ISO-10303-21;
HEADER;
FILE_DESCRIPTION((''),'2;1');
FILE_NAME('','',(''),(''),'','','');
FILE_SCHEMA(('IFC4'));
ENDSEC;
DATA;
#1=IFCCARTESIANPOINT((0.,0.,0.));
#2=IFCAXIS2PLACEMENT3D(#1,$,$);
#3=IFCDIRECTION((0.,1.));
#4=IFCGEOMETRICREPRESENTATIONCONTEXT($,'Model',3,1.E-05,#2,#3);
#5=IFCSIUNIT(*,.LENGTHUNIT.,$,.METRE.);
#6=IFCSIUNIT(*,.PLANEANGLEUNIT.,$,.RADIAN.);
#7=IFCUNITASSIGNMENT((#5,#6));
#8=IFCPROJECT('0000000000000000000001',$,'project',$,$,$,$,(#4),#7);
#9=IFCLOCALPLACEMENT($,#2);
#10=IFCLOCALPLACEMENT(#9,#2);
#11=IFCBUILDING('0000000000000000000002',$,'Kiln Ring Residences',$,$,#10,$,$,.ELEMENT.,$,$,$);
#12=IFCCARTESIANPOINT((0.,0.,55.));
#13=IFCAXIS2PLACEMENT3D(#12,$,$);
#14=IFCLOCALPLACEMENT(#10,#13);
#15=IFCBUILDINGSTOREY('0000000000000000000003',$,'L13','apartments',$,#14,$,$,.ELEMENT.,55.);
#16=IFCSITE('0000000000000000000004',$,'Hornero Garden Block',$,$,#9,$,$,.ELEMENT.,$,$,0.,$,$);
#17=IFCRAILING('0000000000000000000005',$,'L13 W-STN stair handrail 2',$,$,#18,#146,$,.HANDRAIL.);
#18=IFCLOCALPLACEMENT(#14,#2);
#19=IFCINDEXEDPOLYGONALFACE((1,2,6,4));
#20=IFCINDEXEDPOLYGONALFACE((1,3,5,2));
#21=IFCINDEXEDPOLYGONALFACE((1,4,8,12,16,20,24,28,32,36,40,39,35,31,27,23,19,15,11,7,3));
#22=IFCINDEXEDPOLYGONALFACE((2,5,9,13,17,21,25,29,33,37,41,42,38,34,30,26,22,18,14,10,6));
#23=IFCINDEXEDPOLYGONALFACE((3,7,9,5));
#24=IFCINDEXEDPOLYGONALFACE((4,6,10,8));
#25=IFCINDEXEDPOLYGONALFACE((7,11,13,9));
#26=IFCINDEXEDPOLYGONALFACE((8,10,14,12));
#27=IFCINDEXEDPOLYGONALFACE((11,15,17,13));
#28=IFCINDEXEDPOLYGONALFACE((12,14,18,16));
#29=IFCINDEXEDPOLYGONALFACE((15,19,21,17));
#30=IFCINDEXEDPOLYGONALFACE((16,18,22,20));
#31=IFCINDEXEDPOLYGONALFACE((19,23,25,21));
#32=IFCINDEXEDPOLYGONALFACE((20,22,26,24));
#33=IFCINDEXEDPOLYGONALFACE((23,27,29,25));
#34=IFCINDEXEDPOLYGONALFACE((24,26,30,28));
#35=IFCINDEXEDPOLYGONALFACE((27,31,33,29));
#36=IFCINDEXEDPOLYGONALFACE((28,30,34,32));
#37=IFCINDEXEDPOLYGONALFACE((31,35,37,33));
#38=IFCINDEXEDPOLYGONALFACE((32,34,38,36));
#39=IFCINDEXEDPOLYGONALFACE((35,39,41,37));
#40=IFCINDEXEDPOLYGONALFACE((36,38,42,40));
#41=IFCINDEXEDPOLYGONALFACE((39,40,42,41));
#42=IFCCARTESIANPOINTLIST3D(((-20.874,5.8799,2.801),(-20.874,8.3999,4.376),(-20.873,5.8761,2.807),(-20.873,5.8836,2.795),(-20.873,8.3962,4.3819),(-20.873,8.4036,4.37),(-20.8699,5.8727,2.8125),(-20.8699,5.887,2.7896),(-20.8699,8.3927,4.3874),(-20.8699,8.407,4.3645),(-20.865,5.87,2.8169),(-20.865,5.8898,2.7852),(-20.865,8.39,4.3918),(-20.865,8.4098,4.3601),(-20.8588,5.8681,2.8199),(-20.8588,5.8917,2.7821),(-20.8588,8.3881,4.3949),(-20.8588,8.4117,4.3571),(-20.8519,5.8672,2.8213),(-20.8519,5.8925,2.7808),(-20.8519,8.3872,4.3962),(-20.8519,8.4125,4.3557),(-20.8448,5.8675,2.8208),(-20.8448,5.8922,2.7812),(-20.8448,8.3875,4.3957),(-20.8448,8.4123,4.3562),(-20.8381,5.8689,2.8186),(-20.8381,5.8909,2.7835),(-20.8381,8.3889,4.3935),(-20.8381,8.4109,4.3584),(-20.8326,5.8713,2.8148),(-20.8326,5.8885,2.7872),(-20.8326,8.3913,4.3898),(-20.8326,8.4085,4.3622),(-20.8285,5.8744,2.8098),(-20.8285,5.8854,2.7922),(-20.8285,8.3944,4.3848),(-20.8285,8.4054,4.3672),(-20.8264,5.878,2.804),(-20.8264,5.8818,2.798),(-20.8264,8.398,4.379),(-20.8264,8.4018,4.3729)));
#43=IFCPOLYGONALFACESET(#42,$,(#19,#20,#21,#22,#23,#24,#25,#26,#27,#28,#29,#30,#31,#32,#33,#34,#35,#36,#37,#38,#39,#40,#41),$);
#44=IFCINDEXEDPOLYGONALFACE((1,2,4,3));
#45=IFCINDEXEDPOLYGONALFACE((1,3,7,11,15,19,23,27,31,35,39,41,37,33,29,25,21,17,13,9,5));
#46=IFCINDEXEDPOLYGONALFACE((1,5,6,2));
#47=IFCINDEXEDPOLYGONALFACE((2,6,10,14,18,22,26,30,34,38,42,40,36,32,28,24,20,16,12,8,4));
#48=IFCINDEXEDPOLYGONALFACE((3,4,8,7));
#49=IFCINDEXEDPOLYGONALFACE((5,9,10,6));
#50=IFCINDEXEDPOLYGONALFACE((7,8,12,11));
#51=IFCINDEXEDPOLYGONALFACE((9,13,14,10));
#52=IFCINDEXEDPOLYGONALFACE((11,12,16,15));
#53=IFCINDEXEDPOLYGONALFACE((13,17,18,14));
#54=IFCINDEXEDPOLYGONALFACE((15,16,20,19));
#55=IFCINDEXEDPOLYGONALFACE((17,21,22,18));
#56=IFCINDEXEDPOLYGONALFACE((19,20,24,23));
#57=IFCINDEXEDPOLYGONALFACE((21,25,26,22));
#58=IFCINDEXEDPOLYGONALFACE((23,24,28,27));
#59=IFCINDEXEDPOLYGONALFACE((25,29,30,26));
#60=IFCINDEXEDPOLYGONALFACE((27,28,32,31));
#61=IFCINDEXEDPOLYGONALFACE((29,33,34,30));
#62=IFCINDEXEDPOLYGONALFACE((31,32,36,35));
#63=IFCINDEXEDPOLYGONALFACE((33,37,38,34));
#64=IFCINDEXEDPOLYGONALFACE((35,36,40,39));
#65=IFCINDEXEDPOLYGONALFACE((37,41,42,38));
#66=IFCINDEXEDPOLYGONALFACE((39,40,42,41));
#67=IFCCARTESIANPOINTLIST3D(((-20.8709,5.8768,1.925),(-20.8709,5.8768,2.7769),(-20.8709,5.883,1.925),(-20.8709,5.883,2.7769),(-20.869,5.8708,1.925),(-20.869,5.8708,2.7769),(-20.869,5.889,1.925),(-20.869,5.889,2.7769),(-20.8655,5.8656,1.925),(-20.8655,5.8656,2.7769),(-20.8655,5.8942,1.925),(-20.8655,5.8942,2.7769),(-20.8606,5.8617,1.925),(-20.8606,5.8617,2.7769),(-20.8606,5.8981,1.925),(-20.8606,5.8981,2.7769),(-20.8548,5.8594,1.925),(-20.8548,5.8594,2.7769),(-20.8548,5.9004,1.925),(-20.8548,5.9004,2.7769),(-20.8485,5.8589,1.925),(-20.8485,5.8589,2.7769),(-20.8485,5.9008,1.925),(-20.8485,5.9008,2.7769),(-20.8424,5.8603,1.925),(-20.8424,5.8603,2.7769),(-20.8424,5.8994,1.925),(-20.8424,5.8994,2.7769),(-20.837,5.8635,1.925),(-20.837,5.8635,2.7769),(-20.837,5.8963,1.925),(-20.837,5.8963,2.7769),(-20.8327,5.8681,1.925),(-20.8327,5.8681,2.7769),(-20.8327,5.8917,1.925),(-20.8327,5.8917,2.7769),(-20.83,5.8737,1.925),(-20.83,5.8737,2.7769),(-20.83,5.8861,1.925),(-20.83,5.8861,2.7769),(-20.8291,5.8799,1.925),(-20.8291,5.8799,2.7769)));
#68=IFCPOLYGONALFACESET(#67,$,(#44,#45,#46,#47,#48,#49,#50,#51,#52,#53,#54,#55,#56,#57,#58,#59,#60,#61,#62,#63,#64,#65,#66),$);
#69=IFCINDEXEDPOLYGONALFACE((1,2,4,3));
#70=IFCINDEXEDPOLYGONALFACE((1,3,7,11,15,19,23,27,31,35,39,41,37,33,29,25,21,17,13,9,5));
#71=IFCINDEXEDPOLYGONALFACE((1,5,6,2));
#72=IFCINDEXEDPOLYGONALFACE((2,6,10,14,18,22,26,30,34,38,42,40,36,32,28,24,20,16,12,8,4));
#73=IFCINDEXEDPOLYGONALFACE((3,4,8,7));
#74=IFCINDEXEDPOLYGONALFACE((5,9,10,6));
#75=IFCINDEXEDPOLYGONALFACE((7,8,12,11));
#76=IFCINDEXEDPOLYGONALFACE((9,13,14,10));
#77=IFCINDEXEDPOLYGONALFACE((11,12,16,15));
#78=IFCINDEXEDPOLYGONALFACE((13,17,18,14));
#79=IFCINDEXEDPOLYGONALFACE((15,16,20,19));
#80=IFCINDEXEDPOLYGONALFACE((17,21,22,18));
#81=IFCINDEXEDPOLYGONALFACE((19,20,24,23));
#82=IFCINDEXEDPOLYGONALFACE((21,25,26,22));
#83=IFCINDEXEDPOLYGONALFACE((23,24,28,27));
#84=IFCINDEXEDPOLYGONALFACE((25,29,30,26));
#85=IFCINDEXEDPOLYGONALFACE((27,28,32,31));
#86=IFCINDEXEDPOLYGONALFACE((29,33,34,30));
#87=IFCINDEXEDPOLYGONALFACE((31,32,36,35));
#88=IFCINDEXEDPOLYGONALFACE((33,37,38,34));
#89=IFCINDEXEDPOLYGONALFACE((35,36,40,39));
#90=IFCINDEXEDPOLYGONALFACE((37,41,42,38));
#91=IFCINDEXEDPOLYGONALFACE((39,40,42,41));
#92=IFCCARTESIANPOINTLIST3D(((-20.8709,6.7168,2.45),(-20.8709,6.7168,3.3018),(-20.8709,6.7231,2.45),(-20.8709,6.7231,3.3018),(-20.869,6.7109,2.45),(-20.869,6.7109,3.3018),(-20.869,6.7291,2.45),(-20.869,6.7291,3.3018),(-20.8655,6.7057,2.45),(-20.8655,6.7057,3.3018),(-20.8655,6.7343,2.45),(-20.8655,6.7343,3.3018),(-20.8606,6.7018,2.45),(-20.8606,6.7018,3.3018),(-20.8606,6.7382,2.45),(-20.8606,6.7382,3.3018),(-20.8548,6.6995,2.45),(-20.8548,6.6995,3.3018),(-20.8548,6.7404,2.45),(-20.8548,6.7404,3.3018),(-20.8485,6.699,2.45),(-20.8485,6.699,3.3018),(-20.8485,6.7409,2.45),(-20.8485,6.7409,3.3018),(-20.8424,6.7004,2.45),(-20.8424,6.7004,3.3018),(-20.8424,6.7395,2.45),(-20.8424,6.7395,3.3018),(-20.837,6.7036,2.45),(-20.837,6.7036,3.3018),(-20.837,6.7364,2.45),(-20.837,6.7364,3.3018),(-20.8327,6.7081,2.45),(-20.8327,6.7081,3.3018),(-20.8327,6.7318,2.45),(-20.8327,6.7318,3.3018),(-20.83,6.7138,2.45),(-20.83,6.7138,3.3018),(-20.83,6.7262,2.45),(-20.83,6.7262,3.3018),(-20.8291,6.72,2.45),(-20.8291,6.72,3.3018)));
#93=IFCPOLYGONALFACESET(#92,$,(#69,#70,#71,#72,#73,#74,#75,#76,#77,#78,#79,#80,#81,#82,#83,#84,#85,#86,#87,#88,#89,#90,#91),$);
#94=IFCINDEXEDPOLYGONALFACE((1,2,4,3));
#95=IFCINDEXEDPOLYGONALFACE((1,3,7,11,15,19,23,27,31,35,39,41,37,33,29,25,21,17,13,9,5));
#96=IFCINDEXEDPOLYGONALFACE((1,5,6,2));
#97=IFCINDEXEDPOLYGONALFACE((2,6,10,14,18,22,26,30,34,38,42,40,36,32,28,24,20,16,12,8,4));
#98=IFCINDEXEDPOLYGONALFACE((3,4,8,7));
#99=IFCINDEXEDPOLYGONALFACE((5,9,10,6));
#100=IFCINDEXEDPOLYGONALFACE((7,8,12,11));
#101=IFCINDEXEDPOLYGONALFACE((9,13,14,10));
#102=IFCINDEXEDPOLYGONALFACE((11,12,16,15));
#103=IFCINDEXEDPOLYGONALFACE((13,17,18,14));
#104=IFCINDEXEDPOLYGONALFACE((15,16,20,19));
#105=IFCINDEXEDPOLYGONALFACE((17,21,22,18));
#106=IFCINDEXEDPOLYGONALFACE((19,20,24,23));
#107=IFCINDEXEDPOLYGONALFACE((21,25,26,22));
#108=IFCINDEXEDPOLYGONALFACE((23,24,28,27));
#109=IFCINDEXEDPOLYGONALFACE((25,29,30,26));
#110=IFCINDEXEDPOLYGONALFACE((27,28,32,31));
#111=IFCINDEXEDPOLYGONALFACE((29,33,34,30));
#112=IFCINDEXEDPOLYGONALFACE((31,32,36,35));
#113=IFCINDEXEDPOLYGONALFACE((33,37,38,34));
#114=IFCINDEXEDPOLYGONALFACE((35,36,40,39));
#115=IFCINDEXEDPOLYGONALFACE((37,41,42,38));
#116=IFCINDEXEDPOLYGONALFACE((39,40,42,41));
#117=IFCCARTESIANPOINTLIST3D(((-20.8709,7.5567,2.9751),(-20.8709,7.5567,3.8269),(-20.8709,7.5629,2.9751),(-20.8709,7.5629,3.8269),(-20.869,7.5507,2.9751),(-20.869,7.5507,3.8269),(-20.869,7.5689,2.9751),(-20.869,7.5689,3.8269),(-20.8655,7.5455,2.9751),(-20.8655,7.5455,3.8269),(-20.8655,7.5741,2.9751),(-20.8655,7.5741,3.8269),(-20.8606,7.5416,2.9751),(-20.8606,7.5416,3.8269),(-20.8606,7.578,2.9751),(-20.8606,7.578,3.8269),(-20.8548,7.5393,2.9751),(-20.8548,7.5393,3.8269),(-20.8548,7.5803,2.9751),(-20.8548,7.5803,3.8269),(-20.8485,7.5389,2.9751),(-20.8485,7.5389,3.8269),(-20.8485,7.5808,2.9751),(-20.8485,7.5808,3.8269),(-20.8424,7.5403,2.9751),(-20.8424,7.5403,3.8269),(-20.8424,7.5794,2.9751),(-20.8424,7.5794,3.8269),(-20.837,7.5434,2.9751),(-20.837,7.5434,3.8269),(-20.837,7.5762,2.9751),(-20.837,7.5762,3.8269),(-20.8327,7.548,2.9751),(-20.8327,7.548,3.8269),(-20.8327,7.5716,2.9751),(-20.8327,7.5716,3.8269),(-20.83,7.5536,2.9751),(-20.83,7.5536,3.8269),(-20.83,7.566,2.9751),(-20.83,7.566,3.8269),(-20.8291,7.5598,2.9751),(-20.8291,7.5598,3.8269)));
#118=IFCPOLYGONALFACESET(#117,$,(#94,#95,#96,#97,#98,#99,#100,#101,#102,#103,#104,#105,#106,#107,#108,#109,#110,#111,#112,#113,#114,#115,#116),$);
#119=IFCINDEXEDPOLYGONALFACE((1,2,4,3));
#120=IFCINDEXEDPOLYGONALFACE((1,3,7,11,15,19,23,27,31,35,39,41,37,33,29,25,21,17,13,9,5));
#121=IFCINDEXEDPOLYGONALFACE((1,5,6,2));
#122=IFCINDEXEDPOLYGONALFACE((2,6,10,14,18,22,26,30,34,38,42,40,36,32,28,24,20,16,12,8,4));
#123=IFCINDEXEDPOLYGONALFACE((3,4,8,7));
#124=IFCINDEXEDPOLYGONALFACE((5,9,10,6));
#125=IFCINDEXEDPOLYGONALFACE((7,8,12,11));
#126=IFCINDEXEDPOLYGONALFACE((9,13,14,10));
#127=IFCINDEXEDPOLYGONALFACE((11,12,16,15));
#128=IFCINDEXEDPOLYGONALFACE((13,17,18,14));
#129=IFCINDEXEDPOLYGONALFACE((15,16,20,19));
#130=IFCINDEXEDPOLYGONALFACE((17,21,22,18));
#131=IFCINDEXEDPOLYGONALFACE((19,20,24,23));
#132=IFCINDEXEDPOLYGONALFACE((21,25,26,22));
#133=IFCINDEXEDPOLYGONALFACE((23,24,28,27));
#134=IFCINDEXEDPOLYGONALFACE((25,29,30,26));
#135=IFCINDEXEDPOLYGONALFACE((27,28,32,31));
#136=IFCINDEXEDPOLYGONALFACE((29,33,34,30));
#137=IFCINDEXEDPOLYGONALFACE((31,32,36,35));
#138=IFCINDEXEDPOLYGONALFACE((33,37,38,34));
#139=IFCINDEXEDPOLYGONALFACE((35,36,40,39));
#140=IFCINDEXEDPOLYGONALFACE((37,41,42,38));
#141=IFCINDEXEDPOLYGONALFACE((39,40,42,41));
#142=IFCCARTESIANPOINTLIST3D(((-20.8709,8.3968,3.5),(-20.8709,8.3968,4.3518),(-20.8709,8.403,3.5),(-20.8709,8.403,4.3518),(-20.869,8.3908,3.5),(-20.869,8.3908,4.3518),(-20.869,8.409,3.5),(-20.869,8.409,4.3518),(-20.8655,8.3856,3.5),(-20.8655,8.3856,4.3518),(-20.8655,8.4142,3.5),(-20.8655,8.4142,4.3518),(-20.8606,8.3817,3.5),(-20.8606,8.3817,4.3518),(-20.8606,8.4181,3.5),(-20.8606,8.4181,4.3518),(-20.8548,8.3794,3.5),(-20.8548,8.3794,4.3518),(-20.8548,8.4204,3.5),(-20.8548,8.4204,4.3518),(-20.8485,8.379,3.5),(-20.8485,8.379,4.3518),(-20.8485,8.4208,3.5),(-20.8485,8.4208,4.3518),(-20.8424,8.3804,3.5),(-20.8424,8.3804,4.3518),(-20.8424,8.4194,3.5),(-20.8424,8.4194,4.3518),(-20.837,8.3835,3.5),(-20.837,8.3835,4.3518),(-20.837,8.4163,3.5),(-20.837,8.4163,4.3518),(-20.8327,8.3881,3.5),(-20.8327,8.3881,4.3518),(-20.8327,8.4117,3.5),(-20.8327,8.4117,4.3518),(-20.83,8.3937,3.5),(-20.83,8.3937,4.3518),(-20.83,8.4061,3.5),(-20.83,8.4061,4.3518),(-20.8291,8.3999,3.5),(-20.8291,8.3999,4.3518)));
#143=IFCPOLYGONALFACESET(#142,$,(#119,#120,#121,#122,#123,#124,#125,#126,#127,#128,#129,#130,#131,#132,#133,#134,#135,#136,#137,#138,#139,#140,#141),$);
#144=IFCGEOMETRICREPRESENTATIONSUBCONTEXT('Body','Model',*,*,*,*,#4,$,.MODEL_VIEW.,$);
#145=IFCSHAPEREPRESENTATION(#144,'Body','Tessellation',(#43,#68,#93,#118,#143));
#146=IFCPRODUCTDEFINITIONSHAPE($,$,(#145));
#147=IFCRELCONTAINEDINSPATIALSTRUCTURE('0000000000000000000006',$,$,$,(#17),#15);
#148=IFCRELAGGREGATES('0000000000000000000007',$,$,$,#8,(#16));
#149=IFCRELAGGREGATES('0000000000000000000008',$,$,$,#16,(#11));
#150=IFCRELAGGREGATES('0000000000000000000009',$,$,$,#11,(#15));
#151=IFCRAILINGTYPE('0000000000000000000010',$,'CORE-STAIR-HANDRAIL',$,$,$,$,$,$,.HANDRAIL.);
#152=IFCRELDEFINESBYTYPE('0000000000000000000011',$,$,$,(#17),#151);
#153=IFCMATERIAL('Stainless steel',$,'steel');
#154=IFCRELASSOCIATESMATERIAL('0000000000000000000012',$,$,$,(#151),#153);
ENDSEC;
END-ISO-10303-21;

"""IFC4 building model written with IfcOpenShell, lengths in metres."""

from ifc_helpers import new_model, si_unit, direction, frame, origin, origin_2d, place, context, subcontext, project, spatial, circle, extrude, material, type_object, element, save


model = new_model("IFC4")

# Units and contexts
model_context = context("Model", 3, precision=1e-05, world=origin(), true_north=direction((0.0, 1.0)))
body_context = subcontext(model_context, "Body", "Model", "MODEL_VIEW")
ifc_project = project(units=[si_unit("LENGTHUNIT", "METRE"), si_unit("PLANEANGLEUNIT", "RADIAN")], contexts=[model_context])

# Site, building, storey
site_placement = place(None, origin())
site = spatial("IfcSite", under=ifc_project, at=site_placement, Name="Hornero Garden Block", CompositionType="ELEMENT", RefElevation=0.0)
building_placement = place(site_placement, origin())
building = spatial("IfcBuilding", under=site, at=building_placement, Name="Kiln Ring Residences", CompositionType="ELEMENT")
storey_placement = place(building_placement, frame((0.0, 0.0, 55.0)))
storey = spatial("IfcBuildingStorey", under=building, at=storey_placement, Name="L13", Description="apartments", CompositionType="ELEMENT", Elevation=55.0)

# Railing
ifc_material_1 = material(Name="Stainless steel", Category="steel")
railing_type_1 = type_object("IfcRailingType", Name="CORE-STAIR-HANDRAIL", PredefinedType="HANDRAIL", material=ifc_material_1)
railing_1_placement = place(storey_placement, frame((-20.8501, 5.8799, 1.925)))
element("IfcRailing", 1, at=railing_1_placement, inside=storey, type_object=railing_type_1, Name="L13 W-STN stair handrail 2", PredefinedType="HANDRAIL", context=body_context, shape_type="SweptSolid", body=[
    extrude(circle(Radius=0.0239, at=origin_2d()), frame((0.0, 0.0, 0.876), z_axis=(0.0, 0.848008, 0.529984), x_axis=(-1.0, 0.0, 0.0)), (0.0, 0.0, 1.0), 2.9717),
    extrude(circle(Radius=0.021, at=origin_2d()), origin(), (0.0, 0.0, 1.0), 0.8518),
    extrude(circle(Radius=0.021, at=origin_2d()), frame((0.0, 0.8401, 0.5249)), (0.0, 0.0, 1.0), 0.8518),
    extrude(circle(Radius=0.021, at=origin_2d()), frame((0.0, 1.6799, 1.05)), (0.0, 0.0, 1.0), 0.8518),
    extrude(circle(Radius=0.021, at=origin_2d()), frame((0.0, 2.52, 1.575)), (0.0, 0.0, 1.0), 0.8518),
])

save(model, "model.ifc")
